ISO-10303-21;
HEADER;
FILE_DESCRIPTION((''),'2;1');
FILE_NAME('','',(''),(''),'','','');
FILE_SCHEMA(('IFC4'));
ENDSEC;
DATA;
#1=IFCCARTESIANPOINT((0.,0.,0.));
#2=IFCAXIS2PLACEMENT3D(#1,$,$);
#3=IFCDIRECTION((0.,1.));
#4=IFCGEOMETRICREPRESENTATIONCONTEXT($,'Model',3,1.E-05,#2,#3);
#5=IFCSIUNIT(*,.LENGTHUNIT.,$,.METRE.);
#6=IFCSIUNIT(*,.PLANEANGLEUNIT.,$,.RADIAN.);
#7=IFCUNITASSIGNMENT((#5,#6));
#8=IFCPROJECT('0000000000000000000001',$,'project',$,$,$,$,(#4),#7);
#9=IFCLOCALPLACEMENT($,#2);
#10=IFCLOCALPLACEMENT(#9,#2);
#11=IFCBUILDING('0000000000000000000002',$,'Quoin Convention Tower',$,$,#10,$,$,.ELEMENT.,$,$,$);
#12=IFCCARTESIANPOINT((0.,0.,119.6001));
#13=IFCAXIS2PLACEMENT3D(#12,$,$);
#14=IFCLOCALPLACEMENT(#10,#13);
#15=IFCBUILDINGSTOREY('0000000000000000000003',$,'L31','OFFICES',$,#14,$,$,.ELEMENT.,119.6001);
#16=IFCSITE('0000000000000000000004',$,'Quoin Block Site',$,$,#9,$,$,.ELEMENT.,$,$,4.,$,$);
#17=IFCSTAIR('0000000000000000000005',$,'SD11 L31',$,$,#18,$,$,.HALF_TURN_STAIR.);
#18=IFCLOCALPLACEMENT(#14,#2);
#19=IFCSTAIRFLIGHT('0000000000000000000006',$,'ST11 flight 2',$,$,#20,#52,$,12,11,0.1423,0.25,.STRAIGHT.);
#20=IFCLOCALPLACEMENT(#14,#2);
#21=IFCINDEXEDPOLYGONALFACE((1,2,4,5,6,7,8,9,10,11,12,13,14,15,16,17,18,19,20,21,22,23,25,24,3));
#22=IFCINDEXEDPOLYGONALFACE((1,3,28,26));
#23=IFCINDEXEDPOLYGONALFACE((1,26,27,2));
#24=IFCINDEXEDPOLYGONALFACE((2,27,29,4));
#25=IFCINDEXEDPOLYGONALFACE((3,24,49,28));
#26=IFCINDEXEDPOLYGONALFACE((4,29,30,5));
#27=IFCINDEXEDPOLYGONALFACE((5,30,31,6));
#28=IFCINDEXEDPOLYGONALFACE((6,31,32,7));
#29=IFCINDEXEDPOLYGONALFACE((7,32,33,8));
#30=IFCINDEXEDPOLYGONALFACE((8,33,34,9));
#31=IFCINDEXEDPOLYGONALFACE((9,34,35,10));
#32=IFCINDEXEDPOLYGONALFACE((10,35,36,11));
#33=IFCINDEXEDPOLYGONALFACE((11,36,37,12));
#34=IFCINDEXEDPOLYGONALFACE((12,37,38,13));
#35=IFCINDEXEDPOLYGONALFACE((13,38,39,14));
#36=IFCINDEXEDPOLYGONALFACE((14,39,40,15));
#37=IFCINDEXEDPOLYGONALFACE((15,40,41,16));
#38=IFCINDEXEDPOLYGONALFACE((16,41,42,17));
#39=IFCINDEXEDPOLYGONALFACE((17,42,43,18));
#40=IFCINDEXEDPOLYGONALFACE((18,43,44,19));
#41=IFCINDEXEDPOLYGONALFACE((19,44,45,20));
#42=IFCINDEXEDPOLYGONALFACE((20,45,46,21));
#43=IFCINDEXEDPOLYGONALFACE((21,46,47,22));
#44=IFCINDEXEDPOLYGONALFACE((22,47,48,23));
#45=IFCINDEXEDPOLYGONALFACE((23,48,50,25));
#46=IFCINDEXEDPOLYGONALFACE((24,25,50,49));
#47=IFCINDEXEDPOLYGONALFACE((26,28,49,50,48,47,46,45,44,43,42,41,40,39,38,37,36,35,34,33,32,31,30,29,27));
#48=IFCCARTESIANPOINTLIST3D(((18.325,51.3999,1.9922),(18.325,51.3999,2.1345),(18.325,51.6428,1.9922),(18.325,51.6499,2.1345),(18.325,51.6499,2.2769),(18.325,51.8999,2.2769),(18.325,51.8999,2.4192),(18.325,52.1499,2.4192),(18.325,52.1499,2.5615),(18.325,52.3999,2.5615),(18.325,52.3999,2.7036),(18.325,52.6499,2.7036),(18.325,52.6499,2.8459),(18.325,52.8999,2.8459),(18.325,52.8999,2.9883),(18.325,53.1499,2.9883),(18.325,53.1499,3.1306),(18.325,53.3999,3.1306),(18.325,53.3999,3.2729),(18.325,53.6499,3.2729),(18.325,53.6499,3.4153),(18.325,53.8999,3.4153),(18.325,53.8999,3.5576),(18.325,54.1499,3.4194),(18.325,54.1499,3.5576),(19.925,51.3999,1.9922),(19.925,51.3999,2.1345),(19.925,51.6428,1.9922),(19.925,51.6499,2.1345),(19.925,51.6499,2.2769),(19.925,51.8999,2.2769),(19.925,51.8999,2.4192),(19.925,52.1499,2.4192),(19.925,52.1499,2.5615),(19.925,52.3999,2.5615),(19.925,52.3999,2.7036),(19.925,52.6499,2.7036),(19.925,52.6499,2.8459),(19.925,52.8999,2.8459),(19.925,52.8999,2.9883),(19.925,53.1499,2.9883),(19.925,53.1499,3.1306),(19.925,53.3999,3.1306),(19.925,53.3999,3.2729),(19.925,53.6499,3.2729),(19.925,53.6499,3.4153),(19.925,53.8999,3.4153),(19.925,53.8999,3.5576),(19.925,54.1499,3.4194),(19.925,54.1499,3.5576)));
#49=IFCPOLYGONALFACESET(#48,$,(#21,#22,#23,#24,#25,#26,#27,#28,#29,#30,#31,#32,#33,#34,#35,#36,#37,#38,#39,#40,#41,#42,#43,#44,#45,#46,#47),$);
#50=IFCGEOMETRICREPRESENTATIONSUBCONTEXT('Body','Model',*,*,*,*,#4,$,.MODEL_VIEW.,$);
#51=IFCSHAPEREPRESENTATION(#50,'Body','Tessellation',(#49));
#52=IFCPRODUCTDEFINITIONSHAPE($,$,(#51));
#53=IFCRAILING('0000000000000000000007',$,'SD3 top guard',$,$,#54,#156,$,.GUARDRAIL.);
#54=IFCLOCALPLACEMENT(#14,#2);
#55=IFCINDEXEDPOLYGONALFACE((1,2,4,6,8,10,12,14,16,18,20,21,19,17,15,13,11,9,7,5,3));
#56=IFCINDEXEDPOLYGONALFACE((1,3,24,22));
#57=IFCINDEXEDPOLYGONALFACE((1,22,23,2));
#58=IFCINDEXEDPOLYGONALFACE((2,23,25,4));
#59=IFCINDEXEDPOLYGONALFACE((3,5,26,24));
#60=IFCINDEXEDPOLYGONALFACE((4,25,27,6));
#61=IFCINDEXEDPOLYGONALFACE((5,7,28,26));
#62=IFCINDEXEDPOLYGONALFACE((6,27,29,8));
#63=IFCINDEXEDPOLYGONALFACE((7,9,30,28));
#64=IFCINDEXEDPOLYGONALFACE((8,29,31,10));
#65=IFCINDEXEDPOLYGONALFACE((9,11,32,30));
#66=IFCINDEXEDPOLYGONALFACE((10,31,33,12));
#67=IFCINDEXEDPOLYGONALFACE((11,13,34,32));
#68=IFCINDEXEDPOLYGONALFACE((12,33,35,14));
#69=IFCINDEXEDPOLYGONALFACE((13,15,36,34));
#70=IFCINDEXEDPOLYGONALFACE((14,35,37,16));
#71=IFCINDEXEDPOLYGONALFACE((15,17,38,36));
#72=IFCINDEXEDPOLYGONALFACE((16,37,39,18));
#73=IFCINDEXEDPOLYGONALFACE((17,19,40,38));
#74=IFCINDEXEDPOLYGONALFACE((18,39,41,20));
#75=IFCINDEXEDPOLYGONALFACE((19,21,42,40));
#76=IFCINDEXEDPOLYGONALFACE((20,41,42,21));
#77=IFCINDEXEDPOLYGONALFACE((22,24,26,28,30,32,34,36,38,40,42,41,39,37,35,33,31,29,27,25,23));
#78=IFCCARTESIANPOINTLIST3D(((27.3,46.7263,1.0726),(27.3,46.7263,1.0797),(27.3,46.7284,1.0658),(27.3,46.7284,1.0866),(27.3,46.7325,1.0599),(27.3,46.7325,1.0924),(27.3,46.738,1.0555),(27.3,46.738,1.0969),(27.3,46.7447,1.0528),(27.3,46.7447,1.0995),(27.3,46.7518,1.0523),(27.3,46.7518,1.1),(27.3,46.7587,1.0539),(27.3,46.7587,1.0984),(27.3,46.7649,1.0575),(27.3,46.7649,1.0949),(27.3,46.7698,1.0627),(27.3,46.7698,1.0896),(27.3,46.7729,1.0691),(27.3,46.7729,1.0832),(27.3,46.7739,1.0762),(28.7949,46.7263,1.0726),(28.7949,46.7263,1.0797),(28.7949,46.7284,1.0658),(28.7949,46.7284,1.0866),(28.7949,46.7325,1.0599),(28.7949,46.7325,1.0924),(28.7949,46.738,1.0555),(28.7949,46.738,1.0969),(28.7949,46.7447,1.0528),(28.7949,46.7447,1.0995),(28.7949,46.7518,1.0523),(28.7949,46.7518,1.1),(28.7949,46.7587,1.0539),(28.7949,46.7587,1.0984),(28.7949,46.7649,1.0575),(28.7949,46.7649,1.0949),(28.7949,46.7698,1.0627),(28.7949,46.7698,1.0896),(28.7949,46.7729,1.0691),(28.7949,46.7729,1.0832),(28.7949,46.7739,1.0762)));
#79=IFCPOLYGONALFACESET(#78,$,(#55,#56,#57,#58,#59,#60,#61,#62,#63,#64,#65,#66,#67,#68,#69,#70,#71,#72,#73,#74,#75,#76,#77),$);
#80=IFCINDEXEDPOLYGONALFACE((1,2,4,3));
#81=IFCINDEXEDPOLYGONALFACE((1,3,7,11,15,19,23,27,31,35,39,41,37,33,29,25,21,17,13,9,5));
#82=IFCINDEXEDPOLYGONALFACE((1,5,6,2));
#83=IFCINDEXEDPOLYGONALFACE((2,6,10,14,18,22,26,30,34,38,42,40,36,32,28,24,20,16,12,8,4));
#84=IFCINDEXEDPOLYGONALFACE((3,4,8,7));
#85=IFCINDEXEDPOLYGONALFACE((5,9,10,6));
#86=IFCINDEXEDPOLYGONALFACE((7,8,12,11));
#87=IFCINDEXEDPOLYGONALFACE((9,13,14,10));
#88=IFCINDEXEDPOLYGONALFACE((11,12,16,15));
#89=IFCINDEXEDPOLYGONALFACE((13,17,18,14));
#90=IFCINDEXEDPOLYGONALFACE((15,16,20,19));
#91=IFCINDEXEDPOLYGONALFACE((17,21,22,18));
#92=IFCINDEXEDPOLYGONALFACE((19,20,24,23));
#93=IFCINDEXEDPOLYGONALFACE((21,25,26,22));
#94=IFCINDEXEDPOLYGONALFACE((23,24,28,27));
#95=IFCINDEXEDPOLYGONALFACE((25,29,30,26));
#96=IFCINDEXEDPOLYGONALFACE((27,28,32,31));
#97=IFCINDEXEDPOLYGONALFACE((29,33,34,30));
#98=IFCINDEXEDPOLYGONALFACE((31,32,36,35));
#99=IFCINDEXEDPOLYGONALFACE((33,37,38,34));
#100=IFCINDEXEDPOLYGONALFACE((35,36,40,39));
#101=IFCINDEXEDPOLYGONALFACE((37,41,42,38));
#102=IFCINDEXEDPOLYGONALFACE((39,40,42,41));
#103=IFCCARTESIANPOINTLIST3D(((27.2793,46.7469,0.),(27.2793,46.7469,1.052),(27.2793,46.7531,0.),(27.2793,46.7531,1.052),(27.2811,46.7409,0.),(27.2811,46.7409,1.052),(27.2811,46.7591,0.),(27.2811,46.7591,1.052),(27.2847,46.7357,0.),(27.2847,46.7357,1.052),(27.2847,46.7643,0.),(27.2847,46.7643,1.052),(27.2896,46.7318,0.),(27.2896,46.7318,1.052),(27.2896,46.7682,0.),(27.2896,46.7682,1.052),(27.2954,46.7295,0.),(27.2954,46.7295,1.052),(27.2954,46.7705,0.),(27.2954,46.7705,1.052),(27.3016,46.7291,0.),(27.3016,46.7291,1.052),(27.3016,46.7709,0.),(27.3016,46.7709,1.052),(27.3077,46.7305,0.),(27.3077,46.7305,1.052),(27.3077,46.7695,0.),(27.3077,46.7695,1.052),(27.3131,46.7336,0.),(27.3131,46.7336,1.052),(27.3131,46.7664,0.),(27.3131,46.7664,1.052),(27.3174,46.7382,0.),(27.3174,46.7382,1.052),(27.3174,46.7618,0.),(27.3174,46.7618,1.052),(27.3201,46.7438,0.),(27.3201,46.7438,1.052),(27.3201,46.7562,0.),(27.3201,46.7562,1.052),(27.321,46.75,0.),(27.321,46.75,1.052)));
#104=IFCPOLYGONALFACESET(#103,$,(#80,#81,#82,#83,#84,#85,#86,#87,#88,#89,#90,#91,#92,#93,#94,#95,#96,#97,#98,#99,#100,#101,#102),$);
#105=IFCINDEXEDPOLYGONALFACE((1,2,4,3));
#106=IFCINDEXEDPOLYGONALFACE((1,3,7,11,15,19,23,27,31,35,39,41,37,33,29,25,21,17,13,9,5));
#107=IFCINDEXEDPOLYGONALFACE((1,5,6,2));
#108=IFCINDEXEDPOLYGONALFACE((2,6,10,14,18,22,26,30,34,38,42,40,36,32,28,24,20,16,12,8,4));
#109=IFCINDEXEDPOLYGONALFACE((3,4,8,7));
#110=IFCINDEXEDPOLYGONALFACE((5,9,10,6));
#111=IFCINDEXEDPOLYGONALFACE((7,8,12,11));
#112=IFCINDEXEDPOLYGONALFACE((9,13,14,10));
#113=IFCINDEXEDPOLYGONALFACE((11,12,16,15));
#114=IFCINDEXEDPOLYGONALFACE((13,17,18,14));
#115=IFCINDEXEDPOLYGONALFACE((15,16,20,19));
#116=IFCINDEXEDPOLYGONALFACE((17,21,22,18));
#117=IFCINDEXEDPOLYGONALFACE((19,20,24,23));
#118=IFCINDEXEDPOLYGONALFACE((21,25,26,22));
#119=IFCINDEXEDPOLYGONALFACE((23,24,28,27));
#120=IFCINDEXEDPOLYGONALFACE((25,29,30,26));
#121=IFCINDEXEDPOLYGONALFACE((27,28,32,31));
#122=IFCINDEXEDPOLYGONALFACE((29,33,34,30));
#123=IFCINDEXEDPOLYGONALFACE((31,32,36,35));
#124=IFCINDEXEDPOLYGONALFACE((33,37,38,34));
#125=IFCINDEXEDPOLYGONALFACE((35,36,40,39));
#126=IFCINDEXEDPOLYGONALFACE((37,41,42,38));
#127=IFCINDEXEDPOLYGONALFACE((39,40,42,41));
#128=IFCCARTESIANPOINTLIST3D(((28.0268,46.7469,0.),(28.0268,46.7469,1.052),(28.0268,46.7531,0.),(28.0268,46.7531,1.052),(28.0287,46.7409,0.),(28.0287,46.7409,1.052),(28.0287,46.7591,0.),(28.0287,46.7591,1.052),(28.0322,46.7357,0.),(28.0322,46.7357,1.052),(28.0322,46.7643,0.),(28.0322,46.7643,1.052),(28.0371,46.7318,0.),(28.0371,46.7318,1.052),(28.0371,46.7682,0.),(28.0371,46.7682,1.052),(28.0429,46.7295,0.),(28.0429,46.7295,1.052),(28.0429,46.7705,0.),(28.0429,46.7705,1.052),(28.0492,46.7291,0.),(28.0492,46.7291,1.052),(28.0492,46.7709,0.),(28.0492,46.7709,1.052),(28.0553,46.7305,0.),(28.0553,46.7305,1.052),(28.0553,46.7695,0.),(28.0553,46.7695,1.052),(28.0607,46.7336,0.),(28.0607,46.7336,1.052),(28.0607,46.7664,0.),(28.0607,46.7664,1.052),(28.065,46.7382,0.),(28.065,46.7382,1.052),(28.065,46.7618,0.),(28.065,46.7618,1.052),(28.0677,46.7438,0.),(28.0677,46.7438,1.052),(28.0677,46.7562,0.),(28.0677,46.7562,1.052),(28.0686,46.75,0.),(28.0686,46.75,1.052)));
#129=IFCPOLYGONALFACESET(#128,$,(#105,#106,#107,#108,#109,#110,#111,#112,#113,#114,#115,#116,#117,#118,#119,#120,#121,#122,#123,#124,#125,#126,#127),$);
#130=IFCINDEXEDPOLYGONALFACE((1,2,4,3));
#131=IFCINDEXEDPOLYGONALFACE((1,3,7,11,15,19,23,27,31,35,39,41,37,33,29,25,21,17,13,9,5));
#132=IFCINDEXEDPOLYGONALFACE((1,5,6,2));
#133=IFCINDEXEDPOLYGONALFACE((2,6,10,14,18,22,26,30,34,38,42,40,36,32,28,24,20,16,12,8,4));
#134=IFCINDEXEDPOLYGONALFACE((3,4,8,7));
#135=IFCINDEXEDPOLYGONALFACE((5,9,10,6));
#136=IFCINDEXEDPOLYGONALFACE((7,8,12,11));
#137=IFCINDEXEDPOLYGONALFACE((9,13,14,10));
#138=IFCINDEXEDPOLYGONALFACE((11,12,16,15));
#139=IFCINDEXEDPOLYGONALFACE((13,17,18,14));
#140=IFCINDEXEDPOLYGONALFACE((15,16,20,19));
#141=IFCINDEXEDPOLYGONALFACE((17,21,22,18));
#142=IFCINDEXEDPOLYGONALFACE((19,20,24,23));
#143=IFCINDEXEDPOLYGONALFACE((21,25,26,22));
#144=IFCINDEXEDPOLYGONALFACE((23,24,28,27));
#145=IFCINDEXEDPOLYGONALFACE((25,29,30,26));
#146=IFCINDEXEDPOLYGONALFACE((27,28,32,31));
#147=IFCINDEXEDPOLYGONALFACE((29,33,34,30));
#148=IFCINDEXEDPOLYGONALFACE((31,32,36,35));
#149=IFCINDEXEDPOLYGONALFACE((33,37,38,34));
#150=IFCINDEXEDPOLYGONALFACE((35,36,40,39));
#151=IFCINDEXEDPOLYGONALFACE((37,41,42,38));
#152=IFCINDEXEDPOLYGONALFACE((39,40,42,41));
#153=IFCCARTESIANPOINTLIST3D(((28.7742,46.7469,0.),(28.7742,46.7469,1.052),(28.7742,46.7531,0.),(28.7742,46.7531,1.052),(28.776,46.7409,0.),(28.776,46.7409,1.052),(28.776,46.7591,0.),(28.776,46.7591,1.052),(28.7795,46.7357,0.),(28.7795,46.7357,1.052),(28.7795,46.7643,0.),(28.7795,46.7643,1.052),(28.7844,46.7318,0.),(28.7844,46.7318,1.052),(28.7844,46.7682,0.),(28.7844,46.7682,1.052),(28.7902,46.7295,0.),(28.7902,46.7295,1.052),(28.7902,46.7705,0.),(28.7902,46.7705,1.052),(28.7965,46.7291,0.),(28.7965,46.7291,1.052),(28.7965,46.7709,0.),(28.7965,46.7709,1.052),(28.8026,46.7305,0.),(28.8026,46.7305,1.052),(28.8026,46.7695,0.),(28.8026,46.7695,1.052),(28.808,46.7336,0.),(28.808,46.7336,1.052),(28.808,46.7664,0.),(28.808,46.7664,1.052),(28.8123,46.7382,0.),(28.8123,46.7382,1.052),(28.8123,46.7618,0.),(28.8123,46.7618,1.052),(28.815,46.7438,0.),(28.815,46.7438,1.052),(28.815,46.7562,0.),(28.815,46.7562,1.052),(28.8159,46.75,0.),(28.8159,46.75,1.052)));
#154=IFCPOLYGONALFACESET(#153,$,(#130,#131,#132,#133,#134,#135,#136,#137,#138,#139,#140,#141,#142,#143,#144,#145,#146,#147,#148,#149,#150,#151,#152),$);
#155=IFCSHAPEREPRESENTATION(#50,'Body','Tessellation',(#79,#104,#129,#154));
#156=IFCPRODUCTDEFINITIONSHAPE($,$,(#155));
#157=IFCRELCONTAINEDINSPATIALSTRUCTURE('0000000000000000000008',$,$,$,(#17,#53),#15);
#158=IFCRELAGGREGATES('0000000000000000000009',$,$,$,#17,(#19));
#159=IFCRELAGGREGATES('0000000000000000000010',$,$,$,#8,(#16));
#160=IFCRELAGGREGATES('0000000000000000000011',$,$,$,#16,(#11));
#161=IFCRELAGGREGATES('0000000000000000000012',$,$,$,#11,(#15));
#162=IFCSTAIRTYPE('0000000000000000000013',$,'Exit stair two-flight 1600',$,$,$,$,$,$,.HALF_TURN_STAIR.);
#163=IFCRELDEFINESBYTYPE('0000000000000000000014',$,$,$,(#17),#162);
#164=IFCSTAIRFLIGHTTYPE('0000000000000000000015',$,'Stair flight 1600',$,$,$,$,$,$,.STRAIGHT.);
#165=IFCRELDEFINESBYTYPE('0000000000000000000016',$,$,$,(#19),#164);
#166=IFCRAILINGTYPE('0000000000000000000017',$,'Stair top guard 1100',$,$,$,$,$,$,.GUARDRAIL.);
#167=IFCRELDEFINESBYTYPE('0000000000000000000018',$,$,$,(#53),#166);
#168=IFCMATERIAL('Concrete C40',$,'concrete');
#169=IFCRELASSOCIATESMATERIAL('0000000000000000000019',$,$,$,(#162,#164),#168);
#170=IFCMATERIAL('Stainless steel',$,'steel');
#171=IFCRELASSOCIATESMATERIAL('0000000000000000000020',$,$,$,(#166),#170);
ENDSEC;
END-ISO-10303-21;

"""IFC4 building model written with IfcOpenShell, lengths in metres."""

from ifc_helpers import new_model, si_unit, direction, frame, origin, origin_2d, place, context, subcontext, project, spatial, polyline, circle, outline, extrude, material, type_object, element, aggregate, save


model = new_model("IFC4")

# Units and contexts
model_context = context("Model", 3, precision=1e-05, world=origin(), true_north=direction((0.0, 1.0)))
body_context = subcontext(model_context, "Body", "Model", "MODEL_VIEW")
ifc_project = project(units=[si_unit("LENGTHUNIT", "METRE"), si_unit("PLANEANGLEUNIT", "RADIAN")], contexts=[model_context])

# Site, building, storey
site_placement = place(None, origin())
site = spatial("IfcSite", under=ifc_project, at=site_placement, Name="Quoin Block Site", CompositionType="ELEMENT", RefElevation=4.0)
building_placement = place(site_placement, origin())
building = spatial("IfcBuilding", under=site, at=building_placement, Name="Quoin Convention Tower", CompositionType="ELEMENT")
storey_placement = place(building_placement, frame((0.0, 0.0, 119.6001)))
storey = spatial("IfcBuildingStorey", under=building, at=storey_placement, Name="L31", Description="OFFICES", CompositionType="ELEMENT", Elevation=119.6001)

# Shared definitions
ifc_material_1 = material(Name="Concrete C40", Category="concrete")

# Stair, stair flight
stair_type_1 = type_object("IfcStairType", Name="Exit stair two-flight 1600", PredefinedType="HALF_TURN_STAIR", material=ifc_material_1)
stair_1_placement = place(storey_placement, origin())
stair_1 = element("IfcStair", 1, at=stair_1_placement, inside=storey, type_object=stair_type_1, Name="SD11 L31", PredefinedType="HALF_TURN_STAIR")
stair_flight_type_1 = type_object("IfcStairFlightType", Name="Stair flight 1600", PredefinedType="STRAIGHT", material=ifc_material_1)
stair_flight_1_placement = place(storey_placement, frame((19.125, 51.3999, 1.9922), z_axis=(0.0, 0.0, 1.0), x_axis=(0.0, 1.0, 0.0)))
stair_flight_1 = element("IfcStairFlight", 2, at=stair_flight_1_placement, type_object=stair_flight_type_1, Name="ST11 flight 2", NumberOfRisers=12, NumberOfTreads=11, PredefinedType="STRAIGHT", RiserHeight=0.1423, TreadLength=0.25, context=body_context, shape_type="SweptSolid", body=[
    extrude(outline(polyline([(0.0, 0.0), (0.0, 0.1423), (0.25, 0.1423), (0.25, 0.2847), (0.5, 0.2847), (0.5, 0.427), (0.75, 0.427), (0.75, 0.5693), (1.0, 0.5693), (1.0, 0.7114), (1.25, 0.7114), (1.25, 0.8538), (1.5, 0.8538), (1.5, 0.9961), (1.75, 0.9961), (1.75, 1.1384), (2.0, 1.1384), (2.0, 1.2808), (2.25, 1.2808), (2.25, 1.4231), (2.5, 1.4231), (2.5, 1.5654), (2.75, 1.5654), (2.75, 1.7078), (2.75, 1.4272), (0.2429, 0.0), (0.0, 0.0)])), frame((0.0, 0.8, 0.0), z_axis=(0.0, -1.0, 0.0), x_axis=(1.0, 0.0, 0.0)), (0.0, 0.0, 1.0), 1.6001),
])
aggregate(stair_1, [stair_flight_1])

# Railing
ifc_material_2 = material(Name="Stainless steel", Category="steel")
railing_type_1 = type_object("IfcRailingType", Name="Stair top guard 1100", PredefinedType="GUARDRAIL", material=ifc_material_2)
railing_1_placement = place(storey_placement, frame((27.3, 46.75, 0.0)))
element("IfcRailing", 3, at=railing_1_placement, inside=storey, type_object=railing_type_1, Name="SD3 top guard", PredefinedType="GUARDRAIL", context=body_context, shape_type="SweptSolid", body=[
    extrude(circle(Radius=0.0239, at=origin_2d()), frame((0.0, 0.0, 1.0762), z_axis=(1.0, 0.0, 0.0), x_axis=(0.0, 1.0, 0.0)), (0.0, 0.0, 1.0), 1.4949),
    extrude(circle(Radius=0.021, at=origin_2d()), origin(), (0.0, 0.0, 1.0), 1.052),
    extrude(circle(Radius=0.021, at=origin_2d()), frame((0.7476, 0.0, 0.0)), (0.0, 0.0, 1.0), 1.052),
    extrude(circle(Radius=0.021, at=origin_2d()), frame((1.4949, 0.0, 0.0)), (0.0, 0.0, 1.0), 1.052),
])

save(model, "model.ifc")
